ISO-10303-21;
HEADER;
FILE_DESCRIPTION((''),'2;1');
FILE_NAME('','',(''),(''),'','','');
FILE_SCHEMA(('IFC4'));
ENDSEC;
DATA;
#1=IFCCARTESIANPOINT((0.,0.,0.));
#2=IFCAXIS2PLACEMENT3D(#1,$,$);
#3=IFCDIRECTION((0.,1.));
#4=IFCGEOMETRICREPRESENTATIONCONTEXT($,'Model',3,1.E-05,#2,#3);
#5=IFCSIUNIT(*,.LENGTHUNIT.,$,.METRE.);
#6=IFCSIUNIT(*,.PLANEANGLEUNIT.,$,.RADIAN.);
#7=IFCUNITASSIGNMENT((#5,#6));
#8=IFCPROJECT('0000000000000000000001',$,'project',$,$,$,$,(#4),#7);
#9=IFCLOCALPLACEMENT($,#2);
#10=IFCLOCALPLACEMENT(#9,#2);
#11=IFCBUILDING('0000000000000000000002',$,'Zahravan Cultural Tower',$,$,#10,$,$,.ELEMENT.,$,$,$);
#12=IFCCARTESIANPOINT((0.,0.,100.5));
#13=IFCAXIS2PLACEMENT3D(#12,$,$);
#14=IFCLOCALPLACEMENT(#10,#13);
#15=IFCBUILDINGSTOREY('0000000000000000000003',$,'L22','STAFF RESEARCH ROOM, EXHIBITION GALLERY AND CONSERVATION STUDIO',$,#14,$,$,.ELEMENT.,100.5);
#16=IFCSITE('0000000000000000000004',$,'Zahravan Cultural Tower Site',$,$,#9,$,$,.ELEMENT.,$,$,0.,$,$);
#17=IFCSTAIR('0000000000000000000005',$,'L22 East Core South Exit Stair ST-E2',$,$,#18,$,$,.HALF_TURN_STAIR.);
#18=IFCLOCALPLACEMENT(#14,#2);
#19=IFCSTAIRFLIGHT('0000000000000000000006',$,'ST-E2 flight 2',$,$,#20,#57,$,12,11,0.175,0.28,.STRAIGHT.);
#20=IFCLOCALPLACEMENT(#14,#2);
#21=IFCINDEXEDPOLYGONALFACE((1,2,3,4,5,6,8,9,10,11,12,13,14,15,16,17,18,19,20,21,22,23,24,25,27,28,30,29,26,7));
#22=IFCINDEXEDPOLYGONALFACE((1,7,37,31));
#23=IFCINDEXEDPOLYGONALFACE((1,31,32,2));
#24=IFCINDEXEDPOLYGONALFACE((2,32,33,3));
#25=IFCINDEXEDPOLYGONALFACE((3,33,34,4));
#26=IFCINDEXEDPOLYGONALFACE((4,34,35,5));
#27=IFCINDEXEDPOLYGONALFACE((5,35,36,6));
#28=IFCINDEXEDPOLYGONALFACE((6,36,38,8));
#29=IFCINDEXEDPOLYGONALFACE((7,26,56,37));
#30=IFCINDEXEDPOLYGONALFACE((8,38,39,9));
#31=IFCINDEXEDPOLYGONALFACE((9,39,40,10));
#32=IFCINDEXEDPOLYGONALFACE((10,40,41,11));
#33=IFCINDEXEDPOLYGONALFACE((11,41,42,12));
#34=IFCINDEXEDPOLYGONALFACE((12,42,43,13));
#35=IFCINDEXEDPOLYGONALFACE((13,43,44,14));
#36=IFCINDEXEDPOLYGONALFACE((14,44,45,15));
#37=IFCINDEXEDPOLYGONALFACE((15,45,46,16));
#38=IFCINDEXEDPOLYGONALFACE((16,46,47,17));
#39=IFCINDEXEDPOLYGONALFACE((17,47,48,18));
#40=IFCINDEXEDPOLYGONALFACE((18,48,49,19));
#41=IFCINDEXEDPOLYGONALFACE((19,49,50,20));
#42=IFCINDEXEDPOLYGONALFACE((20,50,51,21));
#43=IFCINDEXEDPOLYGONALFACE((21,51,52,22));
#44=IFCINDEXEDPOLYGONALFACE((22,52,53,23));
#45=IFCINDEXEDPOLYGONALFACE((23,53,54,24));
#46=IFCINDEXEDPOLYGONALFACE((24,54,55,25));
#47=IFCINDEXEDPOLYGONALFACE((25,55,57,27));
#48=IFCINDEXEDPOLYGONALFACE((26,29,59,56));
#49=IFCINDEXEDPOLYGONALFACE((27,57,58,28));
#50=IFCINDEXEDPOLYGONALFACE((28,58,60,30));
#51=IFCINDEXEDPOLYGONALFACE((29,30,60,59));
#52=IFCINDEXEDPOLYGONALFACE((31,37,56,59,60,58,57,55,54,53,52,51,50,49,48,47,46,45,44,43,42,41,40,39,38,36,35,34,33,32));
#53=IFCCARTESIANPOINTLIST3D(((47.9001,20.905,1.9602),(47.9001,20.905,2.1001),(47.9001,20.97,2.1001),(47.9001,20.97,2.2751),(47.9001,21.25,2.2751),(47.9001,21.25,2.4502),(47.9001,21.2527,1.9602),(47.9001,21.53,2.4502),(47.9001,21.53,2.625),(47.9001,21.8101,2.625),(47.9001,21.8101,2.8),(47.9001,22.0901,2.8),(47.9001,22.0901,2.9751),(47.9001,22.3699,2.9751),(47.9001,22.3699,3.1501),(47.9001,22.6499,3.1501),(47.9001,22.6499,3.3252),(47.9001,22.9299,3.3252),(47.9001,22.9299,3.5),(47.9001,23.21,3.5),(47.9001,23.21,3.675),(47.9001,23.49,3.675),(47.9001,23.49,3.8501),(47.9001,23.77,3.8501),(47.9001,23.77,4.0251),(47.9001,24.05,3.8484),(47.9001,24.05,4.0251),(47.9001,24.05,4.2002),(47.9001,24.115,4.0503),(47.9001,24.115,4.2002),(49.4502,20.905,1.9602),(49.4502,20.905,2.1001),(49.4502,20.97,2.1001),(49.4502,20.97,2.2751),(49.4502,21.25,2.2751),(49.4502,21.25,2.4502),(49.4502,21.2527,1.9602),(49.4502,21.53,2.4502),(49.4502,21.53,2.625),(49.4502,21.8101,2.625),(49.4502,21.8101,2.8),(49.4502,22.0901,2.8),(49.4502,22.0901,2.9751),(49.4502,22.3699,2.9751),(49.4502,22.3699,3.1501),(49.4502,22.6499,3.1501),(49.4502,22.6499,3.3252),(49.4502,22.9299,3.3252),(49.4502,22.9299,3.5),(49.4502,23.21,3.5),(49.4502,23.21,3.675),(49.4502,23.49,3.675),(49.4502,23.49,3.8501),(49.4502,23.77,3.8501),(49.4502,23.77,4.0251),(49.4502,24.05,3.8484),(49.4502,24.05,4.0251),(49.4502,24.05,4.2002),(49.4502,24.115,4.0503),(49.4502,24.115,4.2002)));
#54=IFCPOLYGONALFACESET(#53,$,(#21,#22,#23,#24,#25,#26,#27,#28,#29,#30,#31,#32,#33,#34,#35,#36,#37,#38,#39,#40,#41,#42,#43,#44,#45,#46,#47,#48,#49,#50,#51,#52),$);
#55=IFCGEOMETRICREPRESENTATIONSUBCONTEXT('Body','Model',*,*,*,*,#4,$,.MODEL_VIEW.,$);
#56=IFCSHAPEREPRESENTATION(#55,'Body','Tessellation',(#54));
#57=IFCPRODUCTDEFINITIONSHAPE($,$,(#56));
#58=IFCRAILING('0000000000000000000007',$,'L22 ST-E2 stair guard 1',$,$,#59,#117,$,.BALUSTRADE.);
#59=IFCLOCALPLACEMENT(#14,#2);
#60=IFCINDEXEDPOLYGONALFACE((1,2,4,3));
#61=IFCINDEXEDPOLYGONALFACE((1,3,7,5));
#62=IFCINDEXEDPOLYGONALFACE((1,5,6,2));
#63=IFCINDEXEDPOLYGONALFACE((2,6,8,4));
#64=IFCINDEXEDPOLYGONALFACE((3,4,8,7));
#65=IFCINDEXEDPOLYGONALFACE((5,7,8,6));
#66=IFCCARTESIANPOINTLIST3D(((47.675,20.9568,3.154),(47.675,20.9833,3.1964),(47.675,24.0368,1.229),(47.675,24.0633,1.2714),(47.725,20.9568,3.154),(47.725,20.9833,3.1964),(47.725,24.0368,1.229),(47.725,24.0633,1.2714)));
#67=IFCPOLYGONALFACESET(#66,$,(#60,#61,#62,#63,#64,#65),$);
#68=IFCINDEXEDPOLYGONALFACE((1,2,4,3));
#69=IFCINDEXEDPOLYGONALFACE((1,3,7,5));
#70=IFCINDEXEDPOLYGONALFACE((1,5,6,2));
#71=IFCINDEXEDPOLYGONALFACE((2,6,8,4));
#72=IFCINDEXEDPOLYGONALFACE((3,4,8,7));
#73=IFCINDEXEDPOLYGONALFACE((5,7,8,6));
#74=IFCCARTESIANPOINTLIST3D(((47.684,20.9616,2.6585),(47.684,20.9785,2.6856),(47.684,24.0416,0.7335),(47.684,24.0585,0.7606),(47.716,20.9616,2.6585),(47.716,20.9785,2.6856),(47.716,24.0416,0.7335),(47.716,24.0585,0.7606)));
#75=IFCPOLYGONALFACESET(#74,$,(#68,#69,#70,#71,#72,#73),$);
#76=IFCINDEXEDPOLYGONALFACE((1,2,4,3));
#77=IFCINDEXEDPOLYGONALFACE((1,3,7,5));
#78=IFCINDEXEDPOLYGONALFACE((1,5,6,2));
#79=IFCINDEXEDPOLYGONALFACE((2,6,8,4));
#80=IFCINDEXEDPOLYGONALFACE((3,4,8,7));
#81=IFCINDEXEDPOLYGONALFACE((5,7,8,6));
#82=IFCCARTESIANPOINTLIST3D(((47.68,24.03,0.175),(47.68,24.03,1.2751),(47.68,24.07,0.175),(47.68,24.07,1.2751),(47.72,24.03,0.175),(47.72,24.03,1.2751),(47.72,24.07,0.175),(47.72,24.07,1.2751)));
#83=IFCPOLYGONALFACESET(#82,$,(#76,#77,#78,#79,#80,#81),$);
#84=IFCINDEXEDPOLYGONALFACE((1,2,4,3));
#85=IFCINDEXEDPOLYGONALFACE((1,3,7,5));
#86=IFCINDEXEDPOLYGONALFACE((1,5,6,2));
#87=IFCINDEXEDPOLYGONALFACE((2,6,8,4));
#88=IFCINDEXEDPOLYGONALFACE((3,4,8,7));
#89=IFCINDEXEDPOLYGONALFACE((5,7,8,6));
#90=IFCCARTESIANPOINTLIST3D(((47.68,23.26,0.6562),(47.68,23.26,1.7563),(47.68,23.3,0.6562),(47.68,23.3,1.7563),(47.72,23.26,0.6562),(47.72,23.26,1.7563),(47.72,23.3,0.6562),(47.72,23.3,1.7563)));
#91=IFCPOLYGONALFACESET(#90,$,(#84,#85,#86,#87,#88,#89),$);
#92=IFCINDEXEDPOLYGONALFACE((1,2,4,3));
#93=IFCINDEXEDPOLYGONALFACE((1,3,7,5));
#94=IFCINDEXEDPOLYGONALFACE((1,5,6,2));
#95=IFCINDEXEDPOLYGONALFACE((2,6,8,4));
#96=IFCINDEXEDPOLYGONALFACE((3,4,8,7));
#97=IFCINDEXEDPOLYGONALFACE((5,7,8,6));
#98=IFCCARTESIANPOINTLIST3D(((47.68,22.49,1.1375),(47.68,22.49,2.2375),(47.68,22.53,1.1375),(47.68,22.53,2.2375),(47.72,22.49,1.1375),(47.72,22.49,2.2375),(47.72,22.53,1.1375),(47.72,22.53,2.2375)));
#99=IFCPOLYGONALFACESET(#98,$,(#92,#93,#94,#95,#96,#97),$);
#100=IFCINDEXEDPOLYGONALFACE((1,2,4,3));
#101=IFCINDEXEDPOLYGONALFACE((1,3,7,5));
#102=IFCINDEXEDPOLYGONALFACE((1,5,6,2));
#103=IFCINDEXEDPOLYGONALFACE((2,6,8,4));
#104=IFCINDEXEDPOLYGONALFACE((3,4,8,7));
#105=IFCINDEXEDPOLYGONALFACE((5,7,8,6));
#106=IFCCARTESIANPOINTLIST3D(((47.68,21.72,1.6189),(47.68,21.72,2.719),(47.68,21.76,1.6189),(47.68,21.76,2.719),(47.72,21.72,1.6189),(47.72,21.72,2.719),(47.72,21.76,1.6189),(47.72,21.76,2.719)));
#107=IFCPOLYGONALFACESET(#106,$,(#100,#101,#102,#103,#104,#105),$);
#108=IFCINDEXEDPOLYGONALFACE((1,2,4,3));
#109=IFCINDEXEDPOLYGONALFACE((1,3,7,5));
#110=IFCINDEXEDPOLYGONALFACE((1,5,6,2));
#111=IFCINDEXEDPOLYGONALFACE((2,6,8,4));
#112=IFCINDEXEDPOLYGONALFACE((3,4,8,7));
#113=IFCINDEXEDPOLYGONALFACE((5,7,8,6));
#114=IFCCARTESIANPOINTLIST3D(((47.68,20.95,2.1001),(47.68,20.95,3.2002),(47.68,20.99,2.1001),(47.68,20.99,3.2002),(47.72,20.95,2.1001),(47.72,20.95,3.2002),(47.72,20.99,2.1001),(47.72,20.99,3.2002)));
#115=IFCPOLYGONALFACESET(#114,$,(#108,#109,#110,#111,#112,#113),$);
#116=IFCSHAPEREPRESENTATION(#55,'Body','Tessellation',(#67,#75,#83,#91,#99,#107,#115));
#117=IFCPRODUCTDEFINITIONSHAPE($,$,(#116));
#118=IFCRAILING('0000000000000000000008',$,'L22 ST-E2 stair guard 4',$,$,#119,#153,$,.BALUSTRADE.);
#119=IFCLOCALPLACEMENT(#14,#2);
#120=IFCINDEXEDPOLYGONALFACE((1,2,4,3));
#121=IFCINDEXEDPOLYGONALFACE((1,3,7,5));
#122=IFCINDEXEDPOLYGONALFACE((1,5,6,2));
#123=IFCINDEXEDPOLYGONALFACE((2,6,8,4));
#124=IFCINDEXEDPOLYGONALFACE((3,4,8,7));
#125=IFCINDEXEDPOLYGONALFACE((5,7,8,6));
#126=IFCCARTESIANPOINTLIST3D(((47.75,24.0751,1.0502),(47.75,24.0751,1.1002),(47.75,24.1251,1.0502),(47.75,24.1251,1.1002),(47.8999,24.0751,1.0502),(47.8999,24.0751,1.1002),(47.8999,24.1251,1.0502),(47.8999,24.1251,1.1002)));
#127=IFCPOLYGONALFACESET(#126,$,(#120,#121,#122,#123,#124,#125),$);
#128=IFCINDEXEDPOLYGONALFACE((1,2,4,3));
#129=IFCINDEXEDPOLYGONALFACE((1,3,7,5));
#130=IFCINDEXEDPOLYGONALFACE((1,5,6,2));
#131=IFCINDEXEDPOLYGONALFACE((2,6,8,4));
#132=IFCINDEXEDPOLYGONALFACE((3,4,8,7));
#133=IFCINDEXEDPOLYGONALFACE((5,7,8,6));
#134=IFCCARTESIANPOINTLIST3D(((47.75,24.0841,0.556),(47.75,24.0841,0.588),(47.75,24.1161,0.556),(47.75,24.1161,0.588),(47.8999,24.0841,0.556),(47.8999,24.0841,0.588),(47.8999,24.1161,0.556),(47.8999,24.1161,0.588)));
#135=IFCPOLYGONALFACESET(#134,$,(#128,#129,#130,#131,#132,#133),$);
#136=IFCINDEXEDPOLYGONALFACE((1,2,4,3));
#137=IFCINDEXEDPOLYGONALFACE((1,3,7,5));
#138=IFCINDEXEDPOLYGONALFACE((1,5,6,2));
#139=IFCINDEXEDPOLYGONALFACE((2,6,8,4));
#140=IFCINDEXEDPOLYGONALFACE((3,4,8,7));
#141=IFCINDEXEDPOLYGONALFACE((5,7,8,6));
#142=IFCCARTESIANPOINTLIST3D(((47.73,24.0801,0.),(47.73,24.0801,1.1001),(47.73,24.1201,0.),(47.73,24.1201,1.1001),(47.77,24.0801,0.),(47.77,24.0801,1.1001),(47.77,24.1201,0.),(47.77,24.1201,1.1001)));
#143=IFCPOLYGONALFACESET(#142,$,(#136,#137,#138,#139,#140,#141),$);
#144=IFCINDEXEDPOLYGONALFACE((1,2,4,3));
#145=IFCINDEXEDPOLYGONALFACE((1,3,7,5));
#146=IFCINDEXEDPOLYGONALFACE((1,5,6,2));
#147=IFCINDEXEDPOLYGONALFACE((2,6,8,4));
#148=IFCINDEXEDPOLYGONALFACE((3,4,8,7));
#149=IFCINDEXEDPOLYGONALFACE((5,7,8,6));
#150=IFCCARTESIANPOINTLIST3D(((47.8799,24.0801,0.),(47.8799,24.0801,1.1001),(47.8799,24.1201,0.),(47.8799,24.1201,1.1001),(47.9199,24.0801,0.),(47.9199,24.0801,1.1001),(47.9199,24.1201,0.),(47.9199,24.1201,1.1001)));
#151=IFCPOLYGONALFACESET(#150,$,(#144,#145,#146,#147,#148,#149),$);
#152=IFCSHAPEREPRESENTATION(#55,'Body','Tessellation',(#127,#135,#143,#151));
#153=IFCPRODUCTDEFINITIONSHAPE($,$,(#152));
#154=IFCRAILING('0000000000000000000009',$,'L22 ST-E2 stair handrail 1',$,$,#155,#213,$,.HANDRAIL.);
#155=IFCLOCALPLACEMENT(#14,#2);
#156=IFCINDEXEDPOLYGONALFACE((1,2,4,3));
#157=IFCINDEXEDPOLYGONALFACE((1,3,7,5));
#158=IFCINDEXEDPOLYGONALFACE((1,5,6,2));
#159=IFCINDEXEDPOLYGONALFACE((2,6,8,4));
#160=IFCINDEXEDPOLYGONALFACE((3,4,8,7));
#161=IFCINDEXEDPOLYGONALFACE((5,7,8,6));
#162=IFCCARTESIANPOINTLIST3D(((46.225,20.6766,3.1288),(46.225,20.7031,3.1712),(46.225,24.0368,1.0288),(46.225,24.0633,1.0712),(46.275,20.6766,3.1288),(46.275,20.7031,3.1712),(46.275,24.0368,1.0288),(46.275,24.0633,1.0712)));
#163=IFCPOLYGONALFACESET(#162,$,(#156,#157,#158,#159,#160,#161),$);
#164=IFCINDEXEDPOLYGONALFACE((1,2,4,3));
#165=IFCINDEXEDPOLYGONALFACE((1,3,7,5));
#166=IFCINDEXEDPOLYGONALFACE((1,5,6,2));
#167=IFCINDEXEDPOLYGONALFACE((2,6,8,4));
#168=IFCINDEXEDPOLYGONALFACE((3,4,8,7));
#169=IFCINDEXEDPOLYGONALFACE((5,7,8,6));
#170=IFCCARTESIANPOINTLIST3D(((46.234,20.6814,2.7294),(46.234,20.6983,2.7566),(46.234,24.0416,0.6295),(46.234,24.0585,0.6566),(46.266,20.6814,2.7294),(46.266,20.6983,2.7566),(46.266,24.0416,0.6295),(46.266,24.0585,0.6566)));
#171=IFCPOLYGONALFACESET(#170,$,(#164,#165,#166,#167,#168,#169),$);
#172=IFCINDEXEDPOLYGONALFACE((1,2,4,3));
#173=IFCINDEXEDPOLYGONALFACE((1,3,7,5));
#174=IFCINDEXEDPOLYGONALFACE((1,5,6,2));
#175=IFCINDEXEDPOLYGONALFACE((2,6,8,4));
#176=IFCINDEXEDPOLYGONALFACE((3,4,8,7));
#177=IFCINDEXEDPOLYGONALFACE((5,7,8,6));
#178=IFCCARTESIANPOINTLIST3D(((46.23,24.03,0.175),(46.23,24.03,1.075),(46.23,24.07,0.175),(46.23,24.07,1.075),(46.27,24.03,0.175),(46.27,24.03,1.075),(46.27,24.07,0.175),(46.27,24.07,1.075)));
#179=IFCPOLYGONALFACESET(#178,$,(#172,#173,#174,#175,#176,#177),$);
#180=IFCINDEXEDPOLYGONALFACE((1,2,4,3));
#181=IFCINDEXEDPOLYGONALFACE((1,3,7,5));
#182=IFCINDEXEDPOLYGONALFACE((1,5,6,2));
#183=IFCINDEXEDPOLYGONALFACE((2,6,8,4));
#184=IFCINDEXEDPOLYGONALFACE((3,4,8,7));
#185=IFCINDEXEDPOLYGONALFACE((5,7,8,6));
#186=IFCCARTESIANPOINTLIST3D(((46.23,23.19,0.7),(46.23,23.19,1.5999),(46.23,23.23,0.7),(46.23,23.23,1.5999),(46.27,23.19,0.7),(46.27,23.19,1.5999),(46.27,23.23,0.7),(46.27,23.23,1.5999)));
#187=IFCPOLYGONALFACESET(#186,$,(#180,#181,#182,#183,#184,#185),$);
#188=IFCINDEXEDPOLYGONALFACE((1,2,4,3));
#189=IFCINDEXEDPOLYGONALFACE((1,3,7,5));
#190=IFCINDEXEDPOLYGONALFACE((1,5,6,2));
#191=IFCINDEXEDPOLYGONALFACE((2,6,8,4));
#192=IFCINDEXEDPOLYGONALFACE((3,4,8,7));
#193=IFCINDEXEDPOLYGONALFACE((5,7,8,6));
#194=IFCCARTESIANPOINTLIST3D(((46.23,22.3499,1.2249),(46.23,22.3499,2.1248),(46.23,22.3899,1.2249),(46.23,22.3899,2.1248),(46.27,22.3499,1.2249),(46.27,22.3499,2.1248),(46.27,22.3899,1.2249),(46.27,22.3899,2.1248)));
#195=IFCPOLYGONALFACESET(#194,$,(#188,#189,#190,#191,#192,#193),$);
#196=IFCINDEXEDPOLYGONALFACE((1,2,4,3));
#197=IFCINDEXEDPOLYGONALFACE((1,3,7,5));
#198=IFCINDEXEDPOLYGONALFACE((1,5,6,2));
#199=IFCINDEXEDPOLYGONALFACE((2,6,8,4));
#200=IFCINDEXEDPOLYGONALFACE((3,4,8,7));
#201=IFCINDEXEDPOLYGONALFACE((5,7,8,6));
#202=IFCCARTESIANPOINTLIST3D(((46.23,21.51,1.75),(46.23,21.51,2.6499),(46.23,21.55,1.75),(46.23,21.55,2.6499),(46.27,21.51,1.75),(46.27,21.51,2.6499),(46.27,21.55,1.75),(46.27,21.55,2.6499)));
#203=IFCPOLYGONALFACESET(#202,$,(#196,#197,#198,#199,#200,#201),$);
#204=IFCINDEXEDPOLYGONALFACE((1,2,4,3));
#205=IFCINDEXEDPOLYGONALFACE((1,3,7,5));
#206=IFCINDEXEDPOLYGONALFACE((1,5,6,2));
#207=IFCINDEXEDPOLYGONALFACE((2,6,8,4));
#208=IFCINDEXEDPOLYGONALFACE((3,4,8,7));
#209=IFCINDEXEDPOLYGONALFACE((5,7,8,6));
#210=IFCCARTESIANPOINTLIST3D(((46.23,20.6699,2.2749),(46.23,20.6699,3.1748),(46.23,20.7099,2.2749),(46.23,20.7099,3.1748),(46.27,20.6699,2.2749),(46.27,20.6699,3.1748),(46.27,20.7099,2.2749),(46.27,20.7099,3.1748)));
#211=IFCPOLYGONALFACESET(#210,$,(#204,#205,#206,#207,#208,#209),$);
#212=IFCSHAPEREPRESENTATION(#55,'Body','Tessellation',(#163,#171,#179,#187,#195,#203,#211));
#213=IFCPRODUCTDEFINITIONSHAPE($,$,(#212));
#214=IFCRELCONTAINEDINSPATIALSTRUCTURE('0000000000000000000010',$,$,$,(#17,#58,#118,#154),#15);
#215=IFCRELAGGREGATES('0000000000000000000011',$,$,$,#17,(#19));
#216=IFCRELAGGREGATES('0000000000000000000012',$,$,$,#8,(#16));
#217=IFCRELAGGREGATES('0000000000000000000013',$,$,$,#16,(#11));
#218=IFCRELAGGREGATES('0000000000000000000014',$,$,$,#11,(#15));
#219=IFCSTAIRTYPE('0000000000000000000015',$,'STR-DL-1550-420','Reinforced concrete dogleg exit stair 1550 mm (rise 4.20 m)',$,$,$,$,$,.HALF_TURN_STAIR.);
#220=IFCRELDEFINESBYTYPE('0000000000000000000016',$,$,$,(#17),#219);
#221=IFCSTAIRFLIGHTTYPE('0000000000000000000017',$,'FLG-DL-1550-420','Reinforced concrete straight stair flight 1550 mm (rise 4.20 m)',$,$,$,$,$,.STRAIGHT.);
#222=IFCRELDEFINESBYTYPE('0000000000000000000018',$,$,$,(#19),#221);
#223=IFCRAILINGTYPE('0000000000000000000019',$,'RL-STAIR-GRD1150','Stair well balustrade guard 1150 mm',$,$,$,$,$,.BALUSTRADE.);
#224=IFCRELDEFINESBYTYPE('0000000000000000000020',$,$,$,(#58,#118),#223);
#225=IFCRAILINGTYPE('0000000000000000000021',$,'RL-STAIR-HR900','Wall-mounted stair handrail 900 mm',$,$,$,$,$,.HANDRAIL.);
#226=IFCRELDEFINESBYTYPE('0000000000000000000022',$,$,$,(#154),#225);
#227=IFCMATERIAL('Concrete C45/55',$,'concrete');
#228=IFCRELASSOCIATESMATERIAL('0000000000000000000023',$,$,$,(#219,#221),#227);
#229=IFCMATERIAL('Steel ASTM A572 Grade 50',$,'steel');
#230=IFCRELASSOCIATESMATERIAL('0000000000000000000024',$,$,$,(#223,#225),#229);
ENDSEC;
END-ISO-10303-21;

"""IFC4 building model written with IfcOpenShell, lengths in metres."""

from ifc_helpers import new_model, si_unit, direction, frame, origin, origin_2d, place, context, subcontext, project, spatial, polyline, rectangle, outline, extrude, material, type_object, element, aggregate, save


model = new_model("IFC4")

# Units and contexts
model_context = context("Model", 3, precision=1e-05, world=origin(), true_north=direction((0.0, 1.0)))
body_context = subcontext(model_context, "Body", "Model", "MODEL_VIEW")
ifc_project = project(units=[si_unit("LENGTHUNIT", "METRE"), si_unit("PLANEANGLEUNIT", "RADIAN")], contexts=[model_context])

# Site, building, storey
site_placement = place(None, origin())
site = spatial("IfcSite", under=ifc_project, at=site_placement, Name="Zahravan Cultural Tower Site", CompositionType="ELEMENT", RefElevation=0.0)
building_placement = place(site_placement, origin())
building = spatial("IfcBuilding", under=site, at=building_placement, Name="Zahravan Cultural Tower", CompositionType="ELEMENT")
storey_placement = place(building_placement, frame((0.0, 0.0, 100.5)))
storey = spatial("IfcBuildingStorey", under=building, at=storey_placement, Name="L22", Description="STAFF RESEARCH ROOM, EXHIBITION GALLERY AND CONSERVATION STUDIO", CompositionType="ELEMENT", Elevation=100.5)

# Shared definitions
ifc_material_1 = material(Name="Concrete C45/55", Category="concrete")
ifc_material_2 = material(Name="Steel ASTM A572 Grade 50", Category="steel")

# Stair, stair flight
stair_type = type_object("IfcStairType", Name="STR-DL-1550-420", Description="Reinforced concrete dogleg exit stair 1550 mm (rise 4.20 m)", PredefinedType="HALF_TURN_STAIR", material=ifc_material_1)
stair_placement = place(storey_placement, origin())
stair = element("IfcStair", 1, at=stair_placement, inside=storey, type_object=stair_type, Name="L22 East Core South Exit Stair ST-E2", PredefinedType="HALF_TURN_STAIR")
stair_flight_type = type_object("IfcStairFlightType", Name="FLG-DL-1550-420", Description="Reinforced concrete straight stair flight 1550 mm (rise 4.20 m)", PredefinedType="STRAIGHT", material=ifc_material_1)
stair_flight_1_placement = place(storey_placement, frame((48.675, 20.97, 2.1001), z_axis=(0.0, 0.0, 1.0), x_axis=(0.0, 1.0, 0.0)))
stair_flight_1 = element("IfcStairFlight", 2, at=stair_flight_1_placement, type_object=stair_flight_type, Name="ST-E2 flight 2", NumberOfRisers=12, NumberOfTreads=11, PredefinedType="STRAIGHT", RiserHeight=0.175, TreadLength=0.28, context=body_context, shape_type="SweptSolid", body=[
    extrude(outline(polyline([(-0.0649, -0.1399), (-0.0649, 0.0), (0.0, 0.0), (0.0, 0.175), (0.28, 0.175), (0.28, 0.3501), (0.5601, 0.3501), (0.5601, 0.5249), (0.8401, 0.5249), (0.8401, 0.7), (1.1201, 0.7), (1.1201, 0.875), (1.3999, 0.875), (1.3999, 1.05), (1.6799, 1.05), (1.6799, 1.2251), (1.96, 1.2251), (1.96, 1.3999), (2.24, 1.3999), (2.24, 1.575), (2.52, 1.575), (2.52, 1.75), (2.8, 1.75), (2.8, 1.925), (3.0801, 1.925), (3.0801, 2.1001), (3.145, 2.1001), (3.145, 1.9502), (3.0801, 1.7483), (0.2827, -0.1399), (-0.0649, -0.1399)])), frame((0.0, 0.7749, 0.0), z_axis=(0.0, -1.0, 0.0), x_axis=(1.0, 0.0, 0.0)), (0.0, 0.0, 1.0), 1.55),
])
aggregate(stair, [stair_flight_1])

# Railings
railing_type_1 = type_object("IfcRailingType", Name="RL-STAIR-GRD1150", Description="Stair well balustrade guard 1150 mm", PredefinedType="BALUSTRADE", material=ifc_material_2)
railing_1_placement = place(storey_placement, frame((47.7, 24.05, 0.175)))
element("IfcRailing", 3, at=railing_1_placement, inside=storey, type_object=railing_type_1, Name="L22 ST-E2 stair guard 1", PredefinedType="BALUSTRADE", context=body_context, shape_type="SweptSolid", body=[
    extrude(rectangle(XDim=0.05, YDim=0.05, at=origin_2d()), frame((0.0, 0.0, 1.0752), z_axis=(0.0, -0.847998, 0.529999), x_axis=(1.0, 0.0, 0.0)), (0.0, 0.0, 1.0), 3.6321),
    extrude(rectangle(XDim=0.032, YDim=0.032, at=origin_2d()), frame((0.0, 0.0, 0.572), z_axis=(0.0, -0.847998, 0.529999), x_axis=(1.0, 0.0, 0.0)), (0.0, 0.0, 1.0), 3.6321),
    extrude(rectangle(XDim=0.04, YDim=0.04, at=origin_2d()), origin(), (0.0, 0.0, 1.0), 1.1001),
    extrude(rectangle(XDim=0.04, YDim=0.04, at=origin_2d()), frame((0.0, -0.77, 0.4812)), (0.0, 0.0, 1.0), 1.1001),
    extrude(rectangle(XDim=0.04, YDim=0.04, at=origin_2d()), frame((0.0, -1.54, 0.9624)), (0.0, 0.0, 1.0), 1.1001),
    extrude(rectangle(XDim=0.04, YDim=0.04, at=origin_2d()), frame((0.0, -2.3101, 1.4438)), (0.0, 0.0, 1.0), 1.1001),
    extrude(rectangle(XDim=0.04, YDim=0.04, at=origin_2d()), frame((0.0, -3.0801, 1.925)), (0.0, 0.0, 1.0), 1.1001),
])
railing_2_placement = place(storey_placement, frame((47.75, 24.1001, 0.0)))
element("IfcRailing", 4, at=railing_2_placement, inside=storey, type_object=railing_type_1, Name="L22 ST-E2 stair guard 4", PredefinedType="BALUSTRADE", context=body_context, shape_type="SweptSolid", body=[
    extrude(rectangle(XDim=0.05, YDim=0.05, at=origin_2d()), frame((0.0, 0.0, 1.0752), z_axis=(1.0, 0.0, 0.0), x_axis=(0.0, 1.0, 0.0)), (0.0, 0.0, 1.0), 0.1499),
    extrude(rectangle(XDim=0.032, YDim=0.032, at=origin_2d()), frame((0.0, 0.0, 0.572), z_axis=(1.0, 0.0, 0.0), x_axis=(0.0, 1.0, 0.0)), (0.0, 0.0, 1.0), 0.1499),
    extrude(rectangle(XDim=0.04, YDim=0.04, at=origin_2d()), origin(), (0.0, 0.0, 1.0), 1.1001),
    extrude(rectangle(XDim=0.04, YDim=0.04, at=origin_2d()), frame((0.1499, 0.0, 0.0)), (0.0, 0.0, 1.0), 1.1001),
])
railing_type_2 = type_object("IfcRailingType", Name="RL-STAIR-HR900", Description="Wall-mounted stair handrail 900 mm", PredefinedType="HANDRAIL", material=ifc_material_2)
railing_3_placement = place(storey_placement, frame((46.25, 24.05, 0.175)))
element("IfcRailing", 5, at=railing_3_placement, inside=storey, type_object=railing_type_2, Name="L22 ST-E2 stair handrail 1", PredefinedType="HANDRAIL", context=body_context, shape_type="SweptSolid", body=[
    extrude(rectangle(XDim=0.05, YDim=0.05, at=origin_2d()), frame((0.0, 0.0, 0.875), z_axis=(0.0, -0.848023, 0.52996), x_axis=(1.0, 0.0, 0.0)), (0.0, 0.0, 1.0), 3.9624),
    extrude(rectangle(XDim=0.032, YDim=0.032, at=origin_2d()), frame((0.0, 0.0, 0.468), z_axis=(0.0, -0.848023, 0.52996), x_axis=(1.0, 0.0, 0.0)), (0.0, 0.0, 1.0), 3.9624),
    extrude(rectangle(XDim=0.04, YDim=0.04, at=origin_2d()), origin(), (0.0, 0.0, 1.0), 0.8999),
    extrude(rectangle(XDim=0.04, YDim=0.04, at=origin_2d()), frame((0.0, -0.8401, 0.5249)), (0.0, 0.0, 1.0), 0.8999),
    extrude(rectangle(XDim=0.04, YDim=0.04, at=origin_2d()), frame((0.0, -1.6802, 1.0498)), (0.0, 0.0, 1.0), 0.8999),
    extrude(rectangle(XDim=0.04, YDim=0.04, at=origin_2d()), frame((0.0, -2.52, 1.575)), (0.0, 0.0, 1.0), 0.8999),
    extrude(rectangle(XDim=0.04, YDim=0.04, at=origin_2d()), frame((0.0, -3.3601, 2.0999)), (0.0, 0.0, 1.0), 0.8999),
])

save(model, "model.ifc")
